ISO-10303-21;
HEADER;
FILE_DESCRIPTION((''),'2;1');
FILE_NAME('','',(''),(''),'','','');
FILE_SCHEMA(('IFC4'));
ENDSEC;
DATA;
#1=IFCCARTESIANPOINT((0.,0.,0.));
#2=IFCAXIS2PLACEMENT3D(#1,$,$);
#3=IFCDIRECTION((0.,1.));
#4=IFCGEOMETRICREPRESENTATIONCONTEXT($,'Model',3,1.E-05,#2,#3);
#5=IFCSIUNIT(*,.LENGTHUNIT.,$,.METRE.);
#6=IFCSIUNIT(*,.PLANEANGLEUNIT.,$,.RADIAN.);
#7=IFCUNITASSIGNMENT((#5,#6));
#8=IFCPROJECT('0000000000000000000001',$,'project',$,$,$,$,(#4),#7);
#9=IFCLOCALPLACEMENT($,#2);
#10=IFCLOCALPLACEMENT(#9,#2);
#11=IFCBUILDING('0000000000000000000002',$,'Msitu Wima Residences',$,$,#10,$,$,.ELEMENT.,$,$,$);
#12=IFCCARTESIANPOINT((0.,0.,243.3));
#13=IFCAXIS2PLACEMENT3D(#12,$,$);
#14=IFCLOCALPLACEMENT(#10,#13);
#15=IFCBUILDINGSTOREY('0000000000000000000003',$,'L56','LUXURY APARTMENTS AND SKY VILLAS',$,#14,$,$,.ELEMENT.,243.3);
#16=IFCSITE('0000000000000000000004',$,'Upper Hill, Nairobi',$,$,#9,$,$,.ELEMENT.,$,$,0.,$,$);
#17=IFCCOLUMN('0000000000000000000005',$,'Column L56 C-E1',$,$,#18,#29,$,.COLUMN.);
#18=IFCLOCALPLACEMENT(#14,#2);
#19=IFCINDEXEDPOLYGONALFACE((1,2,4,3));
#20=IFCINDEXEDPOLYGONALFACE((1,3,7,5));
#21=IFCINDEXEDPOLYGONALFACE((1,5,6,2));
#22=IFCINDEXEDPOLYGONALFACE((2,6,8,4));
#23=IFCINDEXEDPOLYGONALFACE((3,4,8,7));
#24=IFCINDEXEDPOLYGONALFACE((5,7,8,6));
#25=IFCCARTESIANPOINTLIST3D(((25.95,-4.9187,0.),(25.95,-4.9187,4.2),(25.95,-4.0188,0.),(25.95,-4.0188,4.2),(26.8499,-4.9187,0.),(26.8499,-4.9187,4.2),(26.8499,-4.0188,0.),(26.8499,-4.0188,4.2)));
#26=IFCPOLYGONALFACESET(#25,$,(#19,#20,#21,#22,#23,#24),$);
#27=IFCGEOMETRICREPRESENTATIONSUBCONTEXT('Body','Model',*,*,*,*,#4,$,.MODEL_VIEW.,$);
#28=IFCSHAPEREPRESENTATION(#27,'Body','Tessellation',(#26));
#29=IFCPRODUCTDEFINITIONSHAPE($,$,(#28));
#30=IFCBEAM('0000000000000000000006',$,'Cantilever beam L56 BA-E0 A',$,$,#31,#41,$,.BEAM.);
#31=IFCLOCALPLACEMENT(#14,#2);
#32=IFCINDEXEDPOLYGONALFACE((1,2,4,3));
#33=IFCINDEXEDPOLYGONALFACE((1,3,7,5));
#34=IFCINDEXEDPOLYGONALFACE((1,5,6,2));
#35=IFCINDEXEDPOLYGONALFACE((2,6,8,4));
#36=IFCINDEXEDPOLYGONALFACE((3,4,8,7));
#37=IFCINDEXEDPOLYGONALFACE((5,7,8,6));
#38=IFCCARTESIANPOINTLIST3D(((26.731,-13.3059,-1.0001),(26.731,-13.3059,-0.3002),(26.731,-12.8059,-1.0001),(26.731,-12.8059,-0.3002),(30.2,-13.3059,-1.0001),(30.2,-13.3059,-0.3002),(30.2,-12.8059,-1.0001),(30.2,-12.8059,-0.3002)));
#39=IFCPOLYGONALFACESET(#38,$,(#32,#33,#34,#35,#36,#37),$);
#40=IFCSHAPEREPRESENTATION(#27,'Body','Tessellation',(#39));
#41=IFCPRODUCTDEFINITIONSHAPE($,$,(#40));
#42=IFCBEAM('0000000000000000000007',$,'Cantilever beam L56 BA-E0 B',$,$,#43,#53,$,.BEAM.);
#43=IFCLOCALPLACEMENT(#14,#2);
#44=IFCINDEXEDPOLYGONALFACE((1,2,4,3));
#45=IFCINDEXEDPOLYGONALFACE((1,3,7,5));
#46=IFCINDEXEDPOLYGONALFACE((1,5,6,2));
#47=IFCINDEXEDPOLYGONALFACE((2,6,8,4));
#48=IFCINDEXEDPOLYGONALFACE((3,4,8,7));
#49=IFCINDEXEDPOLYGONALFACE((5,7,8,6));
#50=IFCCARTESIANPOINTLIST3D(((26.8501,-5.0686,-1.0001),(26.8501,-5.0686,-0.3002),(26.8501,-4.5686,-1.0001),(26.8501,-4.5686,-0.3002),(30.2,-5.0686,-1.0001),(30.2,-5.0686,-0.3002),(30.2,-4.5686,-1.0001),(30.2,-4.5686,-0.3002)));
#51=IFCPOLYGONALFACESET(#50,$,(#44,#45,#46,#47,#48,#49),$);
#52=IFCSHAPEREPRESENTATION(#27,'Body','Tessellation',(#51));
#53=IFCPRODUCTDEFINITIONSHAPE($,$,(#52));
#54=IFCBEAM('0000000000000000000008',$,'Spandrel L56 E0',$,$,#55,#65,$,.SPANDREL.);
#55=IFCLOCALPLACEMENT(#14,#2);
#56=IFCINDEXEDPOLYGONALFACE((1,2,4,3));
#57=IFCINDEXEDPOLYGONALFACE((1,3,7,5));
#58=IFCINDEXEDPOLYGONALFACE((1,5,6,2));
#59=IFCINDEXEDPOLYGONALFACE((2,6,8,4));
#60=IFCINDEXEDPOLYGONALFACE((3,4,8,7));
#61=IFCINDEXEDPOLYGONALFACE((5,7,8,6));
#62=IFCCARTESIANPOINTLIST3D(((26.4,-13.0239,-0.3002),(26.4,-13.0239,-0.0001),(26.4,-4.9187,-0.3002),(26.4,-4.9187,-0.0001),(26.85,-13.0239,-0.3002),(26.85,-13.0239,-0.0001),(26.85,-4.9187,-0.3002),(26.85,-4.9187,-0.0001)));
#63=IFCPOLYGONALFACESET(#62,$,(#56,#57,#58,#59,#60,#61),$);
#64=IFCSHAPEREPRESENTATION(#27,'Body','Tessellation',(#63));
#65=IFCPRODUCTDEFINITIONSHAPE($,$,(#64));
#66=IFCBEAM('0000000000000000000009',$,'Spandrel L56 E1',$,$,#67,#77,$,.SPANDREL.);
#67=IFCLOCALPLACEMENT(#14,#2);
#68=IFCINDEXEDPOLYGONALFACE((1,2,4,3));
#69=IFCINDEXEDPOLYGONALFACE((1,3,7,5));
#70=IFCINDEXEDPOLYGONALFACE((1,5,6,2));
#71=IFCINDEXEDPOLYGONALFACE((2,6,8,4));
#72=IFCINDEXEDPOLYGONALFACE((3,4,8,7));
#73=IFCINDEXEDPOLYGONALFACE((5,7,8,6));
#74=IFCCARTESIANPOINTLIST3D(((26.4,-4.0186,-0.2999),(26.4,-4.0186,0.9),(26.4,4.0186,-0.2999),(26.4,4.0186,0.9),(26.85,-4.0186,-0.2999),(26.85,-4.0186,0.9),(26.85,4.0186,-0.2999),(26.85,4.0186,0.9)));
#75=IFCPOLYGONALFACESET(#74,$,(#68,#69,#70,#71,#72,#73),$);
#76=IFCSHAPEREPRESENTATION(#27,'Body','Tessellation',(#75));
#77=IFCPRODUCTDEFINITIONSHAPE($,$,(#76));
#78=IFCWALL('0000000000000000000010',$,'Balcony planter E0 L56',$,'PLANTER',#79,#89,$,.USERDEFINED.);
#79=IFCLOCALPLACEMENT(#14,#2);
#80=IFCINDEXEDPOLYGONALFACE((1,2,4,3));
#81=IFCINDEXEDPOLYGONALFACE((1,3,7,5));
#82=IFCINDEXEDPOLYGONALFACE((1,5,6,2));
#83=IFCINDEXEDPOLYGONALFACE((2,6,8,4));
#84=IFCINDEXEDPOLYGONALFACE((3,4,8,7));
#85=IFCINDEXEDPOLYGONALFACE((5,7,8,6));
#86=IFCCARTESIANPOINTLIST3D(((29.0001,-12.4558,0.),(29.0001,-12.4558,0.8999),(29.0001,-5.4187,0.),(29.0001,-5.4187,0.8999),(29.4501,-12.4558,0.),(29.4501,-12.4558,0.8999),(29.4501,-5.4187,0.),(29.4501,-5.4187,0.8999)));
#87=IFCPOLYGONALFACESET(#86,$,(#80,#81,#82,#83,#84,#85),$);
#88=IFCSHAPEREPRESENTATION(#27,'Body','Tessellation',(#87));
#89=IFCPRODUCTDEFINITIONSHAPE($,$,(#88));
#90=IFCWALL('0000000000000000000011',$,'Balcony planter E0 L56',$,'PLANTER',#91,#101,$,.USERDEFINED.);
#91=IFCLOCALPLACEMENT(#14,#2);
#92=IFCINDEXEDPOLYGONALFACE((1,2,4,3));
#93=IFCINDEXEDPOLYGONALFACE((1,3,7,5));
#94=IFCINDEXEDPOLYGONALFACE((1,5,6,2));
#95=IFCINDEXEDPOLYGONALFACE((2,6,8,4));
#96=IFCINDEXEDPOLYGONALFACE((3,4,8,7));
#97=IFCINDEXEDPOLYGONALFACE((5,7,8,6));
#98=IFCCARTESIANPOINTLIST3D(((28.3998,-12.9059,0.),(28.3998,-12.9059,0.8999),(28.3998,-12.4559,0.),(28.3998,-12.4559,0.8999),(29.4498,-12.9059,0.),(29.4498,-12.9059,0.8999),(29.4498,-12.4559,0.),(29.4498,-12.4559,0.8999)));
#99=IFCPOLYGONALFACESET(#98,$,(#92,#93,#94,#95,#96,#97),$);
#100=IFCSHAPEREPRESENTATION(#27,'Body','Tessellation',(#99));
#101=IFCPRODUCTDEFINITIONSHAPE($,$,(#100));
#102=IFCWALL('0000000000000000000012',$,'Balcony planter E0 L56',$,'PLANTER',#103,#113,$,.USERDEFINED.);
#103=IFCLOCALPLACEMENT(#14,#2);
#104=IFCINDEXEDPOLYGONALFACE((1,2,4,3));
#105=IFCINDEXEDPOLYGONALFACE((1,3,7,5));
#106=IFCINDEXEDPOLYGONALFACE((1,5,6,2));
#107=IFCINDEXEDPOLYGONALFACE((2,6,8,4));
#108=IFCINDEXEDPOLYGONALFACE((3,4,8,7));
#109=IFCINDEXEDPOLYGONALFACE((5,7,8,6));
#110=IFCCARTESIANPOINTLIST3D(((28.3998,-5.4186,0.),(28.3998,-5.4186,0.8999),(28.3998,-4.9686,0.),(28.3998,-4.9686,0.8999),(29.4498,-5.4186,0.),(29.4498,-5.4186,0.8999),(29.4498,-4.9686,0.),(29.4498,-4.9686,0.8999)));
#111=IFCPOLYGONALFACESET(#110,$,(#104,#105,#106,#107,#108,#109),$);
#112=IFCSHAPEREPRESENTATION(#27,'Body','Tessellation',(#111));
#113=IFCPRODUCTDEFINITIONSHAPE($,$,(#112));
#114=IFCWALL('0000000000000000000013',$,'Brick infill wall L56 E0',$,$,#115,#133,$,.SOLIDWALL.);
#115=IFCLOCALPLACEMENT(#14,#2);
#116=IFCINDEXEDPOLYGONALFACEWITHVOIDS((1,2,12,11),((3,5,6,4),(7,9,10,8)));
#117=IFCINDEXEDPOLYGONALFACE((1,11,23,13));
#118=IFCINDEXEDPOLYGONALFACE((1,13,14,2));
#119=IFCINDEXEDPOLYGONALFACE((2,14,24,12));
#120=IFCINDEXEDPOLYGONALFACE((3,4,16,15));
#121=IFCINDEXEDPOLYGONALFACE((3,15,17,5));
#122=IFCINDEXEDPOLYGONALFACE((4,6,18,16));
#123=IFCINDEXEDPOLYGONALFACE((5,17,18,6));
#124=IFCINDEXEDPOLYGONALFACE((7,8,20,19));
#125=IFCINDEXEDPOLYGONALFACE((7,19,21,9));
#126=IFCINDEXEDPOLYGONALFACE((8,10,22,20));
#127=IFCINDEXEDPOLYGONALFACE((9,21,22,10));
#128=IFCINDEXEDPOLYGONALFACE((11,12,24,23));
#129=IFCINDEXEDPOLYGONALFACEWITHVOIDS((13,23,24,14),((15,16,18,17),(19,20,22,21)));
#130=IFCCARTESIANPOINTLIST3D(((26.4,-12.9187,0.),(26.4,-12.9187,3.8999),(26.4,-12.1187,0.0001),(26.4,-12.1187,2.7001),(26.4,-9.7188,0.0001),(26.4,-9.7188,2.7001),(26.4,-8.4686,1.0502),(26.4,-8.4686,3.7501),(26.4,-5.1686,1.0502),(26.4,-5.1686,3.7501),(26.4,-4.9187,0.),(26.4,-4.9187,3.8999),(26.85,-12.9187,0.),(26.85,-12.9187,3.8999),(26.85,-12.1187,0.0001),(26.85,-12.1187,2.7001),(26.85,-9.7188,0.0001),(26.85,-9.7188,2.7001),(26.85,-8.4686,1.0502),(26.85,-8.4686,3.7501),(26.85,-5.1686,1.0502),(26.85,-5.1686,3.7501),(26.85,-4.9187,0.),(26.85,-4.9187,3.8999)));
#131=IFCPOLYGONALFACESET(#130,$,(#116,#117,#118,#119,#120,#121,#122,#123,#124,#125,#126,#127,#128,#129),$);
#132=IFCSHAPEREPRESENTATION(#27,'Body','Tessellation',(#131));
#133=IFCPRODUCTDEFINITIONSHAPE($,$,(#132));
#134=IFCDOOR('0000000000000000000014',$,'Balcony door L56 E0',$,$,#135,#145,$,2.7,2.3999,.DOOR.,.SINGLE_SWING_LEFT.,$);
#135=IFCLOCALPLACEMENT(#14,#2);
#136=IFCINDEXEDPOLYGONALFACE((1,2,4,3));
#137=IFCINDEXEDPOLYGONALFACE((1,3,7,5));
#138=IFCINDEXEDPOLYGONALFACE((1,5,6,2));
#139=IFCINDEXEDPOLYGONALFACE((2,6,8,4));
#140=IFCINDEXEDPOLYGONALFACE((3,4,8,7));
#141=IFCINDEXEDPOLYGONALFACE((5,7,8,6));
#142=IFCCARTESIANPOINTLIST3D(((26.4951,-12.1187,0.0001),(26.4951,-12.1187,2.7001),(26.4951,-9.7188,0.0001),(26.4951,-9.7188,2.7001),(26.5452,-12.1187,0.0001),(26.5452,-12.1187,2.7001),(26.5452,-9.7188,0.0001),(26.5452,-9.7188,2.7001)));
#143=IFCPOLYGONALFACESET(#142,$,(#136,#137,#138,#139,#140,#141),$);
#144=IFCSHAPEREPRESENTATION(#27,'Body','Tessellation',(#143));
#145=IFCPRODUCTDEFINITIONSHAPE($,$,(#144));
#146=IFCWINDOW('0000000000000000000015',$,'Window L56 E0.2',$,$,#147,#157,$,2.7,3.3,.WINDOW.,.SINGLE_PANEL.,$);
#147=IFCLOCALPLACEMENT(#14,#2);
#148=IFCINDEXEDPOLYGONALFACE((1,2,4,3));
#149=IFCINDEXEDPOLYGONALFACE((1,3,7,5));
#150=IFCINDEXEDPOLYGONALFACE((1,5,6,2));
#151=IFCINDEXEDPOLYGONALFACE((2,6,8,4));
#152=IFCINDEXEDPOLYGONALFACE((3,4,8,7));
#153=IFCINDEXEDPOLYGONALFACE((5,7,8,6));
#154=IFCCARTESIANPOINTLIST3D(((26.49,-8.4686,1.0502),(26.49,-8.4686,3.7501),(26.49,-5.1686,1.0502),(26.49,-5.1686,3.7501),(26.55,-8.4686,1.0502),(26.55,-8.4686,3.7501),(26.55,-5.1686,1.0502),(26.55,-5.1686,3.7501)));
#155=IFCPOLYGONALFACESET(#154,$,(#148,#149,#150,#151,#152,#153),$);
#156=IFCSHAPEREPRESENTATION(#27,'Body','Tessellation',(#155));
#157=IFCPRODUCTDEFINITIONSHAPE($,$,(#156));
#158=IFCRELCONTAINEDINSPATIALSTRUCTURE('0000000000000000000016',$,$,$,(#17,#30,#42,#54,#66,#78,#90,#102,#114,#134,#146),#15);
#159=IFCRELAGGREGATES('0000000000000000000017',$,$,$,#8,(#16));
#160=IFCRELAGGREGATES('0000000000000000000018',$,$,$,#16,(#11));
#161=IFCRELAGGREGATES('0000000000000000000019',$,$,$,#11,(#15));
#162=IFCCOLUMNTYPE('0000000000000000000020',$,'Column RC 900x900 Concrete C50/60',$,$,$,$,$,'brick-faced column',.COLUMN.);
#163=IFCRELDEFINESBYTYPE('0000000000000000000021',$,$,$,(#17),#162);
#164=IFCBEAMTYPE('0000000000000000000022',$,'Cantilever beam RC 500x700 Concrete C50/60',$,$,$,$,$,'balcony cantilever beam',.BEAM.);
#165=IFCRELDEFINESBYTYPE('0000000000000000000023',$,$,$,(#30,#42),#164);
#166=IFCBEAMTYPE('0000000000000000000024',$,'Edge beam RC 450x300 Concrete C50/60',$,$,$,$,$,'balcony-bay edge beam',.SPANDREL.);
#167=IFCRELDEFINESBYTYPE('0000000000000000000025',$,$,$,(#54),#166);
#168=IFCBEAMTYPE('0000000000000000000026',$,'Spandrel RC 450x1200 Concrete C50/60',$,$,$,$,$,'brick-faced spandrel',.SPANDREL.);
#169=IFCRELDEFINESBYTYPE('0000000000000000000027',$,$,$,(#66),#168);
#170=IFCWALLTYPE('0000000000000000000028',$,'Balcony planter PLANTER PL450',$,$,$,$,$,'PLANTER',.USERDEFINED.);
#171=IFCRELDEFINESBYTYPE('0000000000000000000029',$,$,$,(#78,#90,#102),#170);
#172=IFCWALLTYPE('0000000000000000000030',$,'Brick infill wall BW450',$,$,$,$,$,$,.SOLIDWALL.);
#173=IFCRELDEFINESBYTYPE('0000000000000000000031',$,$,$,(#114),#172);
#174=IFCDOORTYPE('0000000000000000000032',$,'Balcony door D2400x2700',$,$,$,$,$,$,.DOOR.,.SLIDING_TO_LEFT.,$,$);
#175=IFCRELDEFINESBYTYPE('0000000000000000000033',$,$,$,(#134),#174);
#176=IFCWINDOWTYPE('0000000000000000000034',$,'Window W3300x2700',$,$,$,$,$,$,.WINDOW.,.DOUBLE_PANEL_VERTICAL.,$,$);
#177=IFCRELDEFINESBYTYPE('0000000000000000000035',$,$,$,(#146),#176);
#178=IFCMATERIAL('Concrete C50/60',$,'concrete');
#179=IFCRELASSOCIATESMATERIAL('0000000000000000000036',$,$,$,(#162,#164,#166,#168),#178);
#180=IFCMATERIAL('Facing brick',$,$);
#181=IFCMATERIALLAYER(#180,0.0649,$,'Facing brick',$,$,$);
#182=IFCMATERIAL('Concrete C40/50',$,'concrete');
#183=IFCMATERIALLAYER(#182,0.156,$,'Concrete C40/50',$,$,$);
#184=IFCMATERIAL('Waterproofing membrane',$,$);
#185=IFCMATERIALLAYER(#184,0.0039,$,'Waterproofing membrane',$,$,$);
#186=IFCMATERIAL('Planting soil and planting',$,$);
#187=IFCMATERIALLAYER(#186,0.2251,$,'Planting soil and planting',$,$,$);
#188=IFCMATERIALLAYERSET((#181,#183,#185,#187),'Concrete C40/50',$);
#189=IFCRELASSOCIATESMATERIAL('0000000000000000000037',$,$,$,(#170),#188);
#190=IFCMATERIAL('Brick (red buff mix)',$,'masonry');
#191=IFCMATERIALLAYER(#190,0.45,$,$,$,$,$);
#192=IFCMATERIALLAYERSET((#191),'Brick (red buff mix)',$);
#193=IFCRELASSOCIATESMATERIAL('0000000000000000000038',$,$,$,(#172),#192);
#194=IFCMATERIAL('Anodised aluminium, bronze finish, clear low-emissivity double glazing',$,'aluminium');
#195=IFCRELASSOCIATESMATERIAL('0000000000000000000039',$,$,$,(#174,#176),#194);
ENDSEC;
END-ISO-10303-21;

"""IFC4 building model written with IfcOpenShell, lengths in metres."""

from ifc_helpers import new_model, si_unit, direction, frame, frame_2d, origin, origin_2d, place, context, subcontext, project, spatial, rectangle, extrude, material, layer, layer_set, material_profile, profile_set, type_object, element, fill, save


model = new_model("IFC4")

# Units and contexts
model_context = context("Model", 3, precision=1e-05, world=origin(), true_north=direction((0.0, 1.0)))
body_context = subcontext(model_context, "Body", "Model", "MODEL_VIEW")
ifc_project = project(units=[si_unit("LENGTHUNIT", "METRE"), si_unit("PLANEANGLEUNIT", "RADIAN")], contexts=[model_context])

# Site, building, storey
site_placement = place(None, origin())
site = spatial("IfcSite", under=ifc_project, at=site_placement, Name="Upper Hill, Nairobi", CompositionType="ELEMENT", RefElevation=0.0)
building_placement = place(site_placement, origin())
building = spatial("IfcBuilding", under=site, at=building_placement, Name="Msitu Wima Residences", CompositionType="ELEMENT")
storey_placement = place(building_placement, frame((0.0, 0.0, 243.3)))
storey = spatial("IfcBuildingStorey", under=building, at=storey_placement, Name="L56", Description="LUXURY APARTMENTS AND SKY VILLAS", CompositionType="ELEMENT", Elevation=243.3)

# Column
ifc_material_1 = material(Name="Concrete C50/60", Category="concrete")
ifc_material_profile_1 = material_profile(ifc_material_1, rectangle(XDim=0.8999, YDim=0.8999, at=origin_2d()), Name="RC 900x900")
ifc_profile_set_1 = profile_set([ifc_material_profile_1], Name="Concrete C50/60")
column_type = type_object("IfcColumnType", Name="Column RC 900x900 Concrete C50/60", ElementType="brick-faced column", PredefinedType="COLUMN", material=ifc_profile_set_1)
column_placement = place(storey_placement, frame((26.3999, -4.4688, 0.0), z_axis=(0.0, 0.0, 1.0), x_axis=(0.0, 1.0, 0.0)))
element("IfcColumn", 1, at=column_placement, inside=storey, type_object=column_type, Name="Column L56 C-E1", PredefinedType="COLUMN", context=body_context, shape_type="SweptSolid", body=[
    extrude(rectangle(XDim=0.8999, YDim=0.8999, at=origin_2d()), origin(), (0.0, 0.0, 1.0), 4.2),
])

# Beams
ifc_material_profile_2 = material_profile(ifc_material_1, rectangle(XDim=0.5, YDim=0.7, at=origin_2d()), Name="RC 500x700")
ifc_profile_set_2 = profile_set([ifc_material_profile_2], Name="Concrete C50/60")
beam_type_1 = type_object("IfcBeamType", Name="Cantilever beam RC 500x700 Concrete C50/60", ElementType="balcony cantilever beam", PredefinedType="BEAM", material=ifc_profile_set_2)
beam_1_placement = place(storey_placement, frame((26.731, -13.0559, -0.6501), z_axis=(1.0, 0.0, 0.0), x_axis=(0.0, 1.0, 0.0)))
element("IfcBeam", 2, at=beam_1_placement, inside=storey, type_object=beam_type_1, Name="Cantilever beam L56 BA-E0 A", PredefinedType="BEAM", context=body_context, shape_type="SweptSolid", body=[
    extrude(rectangle(XDim=0.5, YDim=0.7, at=origin_2d()), origin(), (0.0, 0.0, 1.0), 3.469),
])
beam_2_placement = place(storey_placement, frame((26.8501, -4.8186, -0.6501), z_axis=(1.0, 0.0, 0.0), x_axis=(0.0, 1.0, 0.0)))
element("IfcBeam", 3, at=beam_2_placement, inside=storey, type_object=beam_type_1, Name="Cantilever beam L56 BA-E0 B", PredefinedType="BEAM", context=body_context, shape_type="SweptSolid", body=[
    extrude(rectangle(XDim=0.5, YDim=0.7, at=origin_2d()), origin(), (0.0, 0.0, 1.0), 3.3499),
])
ifc_material_profile_3 = material_profile(ifc_material_1, rectangle(XDim=0.45, YDim=0.3, at=origin_2d()), Name="RC 450x300")
ifc_profile_set_3 = profile_set([ifc_material_profile_3], Name="Concrete C50/60")
beam_type_2 = type_object("IfcBeamType", Name="Edge beam RC 450x300 Concrete C50/60", ElementType="balcony-bay edge beam", PredefinedType="SPANDREL", material=ifc_profile_set_3)
beam_3_placement = place(storey_placement, frame((26.625, -13.0239, -0.1501), z_axis=(0.0, 1.0, 0.0), x_axis=(-1.0, 0.0, 0.0)))
element("IfcBeam", 4, at=beam_3_placement, inside=storey, type_object=beam_type_2, Name="Spandrel L56 E0", PredefinedType="SPANDREL", context=body_context, shape_type="SweptSolid", body=[
    extrude(rectangle(XDim=0.45, YDim=0.3, at=origin_2d()), origin(), (0.0, 0.0, 1.0), 8.1052),
])
ifc_material_profile_4 = material_profile(ifc_material_1, rectangle(XDim=0.45, YDim=1.2, at=origin_2d()), Name="RC 450x1200")
ifc_profile_set_4 = profile_set([ifc_material_profile_4], Name="Concrete C50/60")
beam_type_3 = type_object("IfcBeamType", Name="Spandrel RC 450x1200 Concrete C50/60", ElementType="brick-faced spandrel", PredefinedType="SPANDREL", material=ifc_profile_set_4)
beam_4_placement = place(storey_placement, frame((26.625, -4.0186, 0.3), z_axis=(0.0, 1.0, 0.0), x_axis=(-1.0, 0.0, 0.0)))
element("IfcBeam", 5, at=beam_4_placement, inside=storey, type_object=beam_type_3, Name="Spandrel L56 E1", PredefinedType="SPANDREL", context=body_context, shape_type="SweptSolid", body=[
    extrude(rectangle(XDim=0.45, YDim=1.2, at=origin_2d()), origin(), (0.0, 0.0, 1.0), 8.0371),
])

# Walls
ifc_material_2 = material(Name="Facing brick")
ifc_layer_1 = layer(ifc_material_2, 0.0649, Name="Facing brick")
ifc_material_3 = material(Name="Concrete C40/50", Category="concrete")
ifc_layer_2 = layer(ifc_material_3, 0.156, Name="Concrete C40/50")
ifc_material_4 = material(Name="Waterproofing membrane")
ifc_layer_3 = layer(ifc_material_4, 0.0039, Name="Waterproofing membrane")
ifc_material_5 = material(Name="Planting soil and planting")
ifc_layer_4 = layer(ifc_material_5, 0.2251, Name="Planting soil and planting")
ifc_layer_set_1 = layer_set([ifc_layer_1, ifc_layer_2, ifc_layer_3, ifc_layer_4], Name="Concrete C40/50")
wall_type_1 = type_object("IfcWallType", Name="Balcony planter PLANTER PL450", ElementType="PLANTER", PredefinedType="USERDEFINED", material=ifc_layer_set_1)
wall_1_placement = place(storey_placement, frame((29.2251, -12.4558, 0.0), z_axis=(0.0, 0.0, 1.0), x_axis=(0.0, 1.0, 0.0)))
element("IfcWall", 6, at=wall_1_placement, inside=storey, type_object=wall_type_1, Name="Balcony planter E0 L56", ObjectType="PLANTER", PredefinedType="USERDEFINED", context=body_context, shape_type="SweptSolid", body=[
    extrude(rectangle(XDim=7.0371, YDim=0.45, at=frame_2d((3.5186, 0.0))), origin(), (0.0, 0.0, 1.0), 0.8999),
])
for number, where, z_axis, x_axis, name in (
    (7, (28.3999, -12.6809, 0.0), (0.0, 0.0, 1.0), (1.0, 0.0, 0.0), "Balcony planter E0 L56"),
    (8, (28.3999, -5.1936, 0.0), (0.0, 0.0, 1.0), (1.0, 0.0, 0.0), "Balcony planter E0 L56"),
):
    element("IfcWall", number, at=place(storey_placement, frame(where, z_axis=z_axis, x_axis=x_axis)), inside=storey, type_object=wall_type_1, Name=name, ObjectType="PLANTER", PredefinedType="USERDEFINED", context=body_context, shape_type="SweptSolid", body=[
        extrude(rectangle(XDim=1.05, YDim=0.45, at=frame_2d((0.5249, 0.0))), origin(), (0.0, 0.0, 1.0), 0.8999),
    ])

# Wall, openings, door, window
ifc_material_6 = material(Name="Brick (red buff mix)", Category="masonry")
ifc_layer_5 = layer(ifc_material_6, 0.45)
ifc_layer_set_2 = layer_set([ifc_layer_5], Name="Brick (red buff mix)")
wall_type_2 = type_object("IfcWallType", Name="Brick infill wall BW450", PredefinedType="SOLIDWALL", material=ifc_layer_set_2)
wall_2_placement = place(storey_placement, frame((26.625, -12.9187, 0.0), z_axis=(0.0, 0.0, 1.0), x_axis=(0.0, 1.0, 0.0)))
wall_2 = element("IfcWall", 9, at=wall_2_placement, inside=storey, type_object=wall_type_2, Name="Brick infill wall L56 E0", PredefinedType="SOLIDWALL", context=body_context, shape_type="SweptSolid", body=[
    extrude(rectangle(XDim=8.0, YDim=0.45, at=frame_2d((4.0, 0.0))), origin(), (0.0, 0.0, 1.0), 3.8999),
])
opening_1_placement = place(wall_2_placement, frame((0.8, 0.0, 0.0)))
opening_1 = element("IfcOpeningElement", 10, at=opening_1_placement, cuts=wall_2, PredefinedType="OPENING", context=body_context, shape_type="SweptSolid", body=[
    extrude(rectangle(XDim=2.3999, YDim=2.7, at=frame_2d((1.2, 1.3501))), frame((0.0, 0.2349, 0.0), z_axis=(0.0, -1.0, 0.0), x_axis=(1.0, 0.0, 0.0)), (0.0, 0.0, 1.0), 0.47),
])
opening_2_placement = place(wall_2_placement, frame((4.4502, 0.0, 1.05)))
opening_2 = element("IfcOpeningElement", 11, at=opening_2_placement, cuts=wall_2, PredefinedType="OPENING", context=body_context, shape_type="SweptSolid", body=[
    extrude(rectangle(XDim=3.3, YDim=2.7, at=frame_2d((1.6499, 1.3501))), frame((0.0, 0.2349, 0.0), z_axis=(0.0, -1.0, 0.0), x_axis=(1.0, 0.0, 0.0)), (0.0, 0.0, 1.0), 0.47),
])
ifc_material_7 = material(Name="Anodised aluminium, bronze finish, clear low-emissivity double glazing", Category="aluminium")
door_type = type_object("IfcDoorType", Name="Balcony door D2400x2700", OperationType="SLIDING_TO_LEFT", PredefinedType="DOOR", material=ifc_material_7)
door_placement = place(opening_1_placement, origin())
door = element("IfcDoor", 12, at=door_placement, inside=storey, type_object=door_type, Name="Balcony door L56 E0", OperationType="SINGLE_SWING_LEFT", OverallHeight=2.7, OverallWidth=2.3999, PredefinedType="DOOR", context=body_context, shape_type="SweptSolid", body=[
    extrude(rectangle(XDim=2.3999, YDim=2.7, at=frame_2d((1.2, 1.3501))), frame((0.0, 0.1299, 0.0), z_axis=(0.0, -1.0, 0.0), x_axis=(1.0, 0.0, 0.0)), (0.0, 0.0, 1.0), 0.05),
])
fill(opening_1, door)
window_type = type_object("IfcWindowType", Name="Window W3300x2700", PartitioningType="DOUBLE_PANEL_VERTICAL", PredefinedType="WINDOW", material=ifc_material_7)
window_1_placement = place(opening_2_placement, origin())
window_1 = element("IfcWindow", 13, at=window_1_placement, inside=storey, type_object=window_type, Name="Window L56 E0.2", OverallHeight=2.7, OverallWidth=3.3, PartitioningType="SINGLE_PANEL", PredefinedType="WINDOW", context=body_context, shape_type="SweptSolid", body=[
    extrude(rectangle(XDim=3.3, YDim=2.7, at=frame_2d((1.6499, 1.3501))), frame((0.0, 0.135, 0.0), z_axis=(0.0, -1.0, 0.0), x_axis=(1.0, 0.0, 0.0)), (0.0, 0.0, 1.0), 0.0601),
])
fill(opening_2, window_1)

save(model, "model.ifc")
